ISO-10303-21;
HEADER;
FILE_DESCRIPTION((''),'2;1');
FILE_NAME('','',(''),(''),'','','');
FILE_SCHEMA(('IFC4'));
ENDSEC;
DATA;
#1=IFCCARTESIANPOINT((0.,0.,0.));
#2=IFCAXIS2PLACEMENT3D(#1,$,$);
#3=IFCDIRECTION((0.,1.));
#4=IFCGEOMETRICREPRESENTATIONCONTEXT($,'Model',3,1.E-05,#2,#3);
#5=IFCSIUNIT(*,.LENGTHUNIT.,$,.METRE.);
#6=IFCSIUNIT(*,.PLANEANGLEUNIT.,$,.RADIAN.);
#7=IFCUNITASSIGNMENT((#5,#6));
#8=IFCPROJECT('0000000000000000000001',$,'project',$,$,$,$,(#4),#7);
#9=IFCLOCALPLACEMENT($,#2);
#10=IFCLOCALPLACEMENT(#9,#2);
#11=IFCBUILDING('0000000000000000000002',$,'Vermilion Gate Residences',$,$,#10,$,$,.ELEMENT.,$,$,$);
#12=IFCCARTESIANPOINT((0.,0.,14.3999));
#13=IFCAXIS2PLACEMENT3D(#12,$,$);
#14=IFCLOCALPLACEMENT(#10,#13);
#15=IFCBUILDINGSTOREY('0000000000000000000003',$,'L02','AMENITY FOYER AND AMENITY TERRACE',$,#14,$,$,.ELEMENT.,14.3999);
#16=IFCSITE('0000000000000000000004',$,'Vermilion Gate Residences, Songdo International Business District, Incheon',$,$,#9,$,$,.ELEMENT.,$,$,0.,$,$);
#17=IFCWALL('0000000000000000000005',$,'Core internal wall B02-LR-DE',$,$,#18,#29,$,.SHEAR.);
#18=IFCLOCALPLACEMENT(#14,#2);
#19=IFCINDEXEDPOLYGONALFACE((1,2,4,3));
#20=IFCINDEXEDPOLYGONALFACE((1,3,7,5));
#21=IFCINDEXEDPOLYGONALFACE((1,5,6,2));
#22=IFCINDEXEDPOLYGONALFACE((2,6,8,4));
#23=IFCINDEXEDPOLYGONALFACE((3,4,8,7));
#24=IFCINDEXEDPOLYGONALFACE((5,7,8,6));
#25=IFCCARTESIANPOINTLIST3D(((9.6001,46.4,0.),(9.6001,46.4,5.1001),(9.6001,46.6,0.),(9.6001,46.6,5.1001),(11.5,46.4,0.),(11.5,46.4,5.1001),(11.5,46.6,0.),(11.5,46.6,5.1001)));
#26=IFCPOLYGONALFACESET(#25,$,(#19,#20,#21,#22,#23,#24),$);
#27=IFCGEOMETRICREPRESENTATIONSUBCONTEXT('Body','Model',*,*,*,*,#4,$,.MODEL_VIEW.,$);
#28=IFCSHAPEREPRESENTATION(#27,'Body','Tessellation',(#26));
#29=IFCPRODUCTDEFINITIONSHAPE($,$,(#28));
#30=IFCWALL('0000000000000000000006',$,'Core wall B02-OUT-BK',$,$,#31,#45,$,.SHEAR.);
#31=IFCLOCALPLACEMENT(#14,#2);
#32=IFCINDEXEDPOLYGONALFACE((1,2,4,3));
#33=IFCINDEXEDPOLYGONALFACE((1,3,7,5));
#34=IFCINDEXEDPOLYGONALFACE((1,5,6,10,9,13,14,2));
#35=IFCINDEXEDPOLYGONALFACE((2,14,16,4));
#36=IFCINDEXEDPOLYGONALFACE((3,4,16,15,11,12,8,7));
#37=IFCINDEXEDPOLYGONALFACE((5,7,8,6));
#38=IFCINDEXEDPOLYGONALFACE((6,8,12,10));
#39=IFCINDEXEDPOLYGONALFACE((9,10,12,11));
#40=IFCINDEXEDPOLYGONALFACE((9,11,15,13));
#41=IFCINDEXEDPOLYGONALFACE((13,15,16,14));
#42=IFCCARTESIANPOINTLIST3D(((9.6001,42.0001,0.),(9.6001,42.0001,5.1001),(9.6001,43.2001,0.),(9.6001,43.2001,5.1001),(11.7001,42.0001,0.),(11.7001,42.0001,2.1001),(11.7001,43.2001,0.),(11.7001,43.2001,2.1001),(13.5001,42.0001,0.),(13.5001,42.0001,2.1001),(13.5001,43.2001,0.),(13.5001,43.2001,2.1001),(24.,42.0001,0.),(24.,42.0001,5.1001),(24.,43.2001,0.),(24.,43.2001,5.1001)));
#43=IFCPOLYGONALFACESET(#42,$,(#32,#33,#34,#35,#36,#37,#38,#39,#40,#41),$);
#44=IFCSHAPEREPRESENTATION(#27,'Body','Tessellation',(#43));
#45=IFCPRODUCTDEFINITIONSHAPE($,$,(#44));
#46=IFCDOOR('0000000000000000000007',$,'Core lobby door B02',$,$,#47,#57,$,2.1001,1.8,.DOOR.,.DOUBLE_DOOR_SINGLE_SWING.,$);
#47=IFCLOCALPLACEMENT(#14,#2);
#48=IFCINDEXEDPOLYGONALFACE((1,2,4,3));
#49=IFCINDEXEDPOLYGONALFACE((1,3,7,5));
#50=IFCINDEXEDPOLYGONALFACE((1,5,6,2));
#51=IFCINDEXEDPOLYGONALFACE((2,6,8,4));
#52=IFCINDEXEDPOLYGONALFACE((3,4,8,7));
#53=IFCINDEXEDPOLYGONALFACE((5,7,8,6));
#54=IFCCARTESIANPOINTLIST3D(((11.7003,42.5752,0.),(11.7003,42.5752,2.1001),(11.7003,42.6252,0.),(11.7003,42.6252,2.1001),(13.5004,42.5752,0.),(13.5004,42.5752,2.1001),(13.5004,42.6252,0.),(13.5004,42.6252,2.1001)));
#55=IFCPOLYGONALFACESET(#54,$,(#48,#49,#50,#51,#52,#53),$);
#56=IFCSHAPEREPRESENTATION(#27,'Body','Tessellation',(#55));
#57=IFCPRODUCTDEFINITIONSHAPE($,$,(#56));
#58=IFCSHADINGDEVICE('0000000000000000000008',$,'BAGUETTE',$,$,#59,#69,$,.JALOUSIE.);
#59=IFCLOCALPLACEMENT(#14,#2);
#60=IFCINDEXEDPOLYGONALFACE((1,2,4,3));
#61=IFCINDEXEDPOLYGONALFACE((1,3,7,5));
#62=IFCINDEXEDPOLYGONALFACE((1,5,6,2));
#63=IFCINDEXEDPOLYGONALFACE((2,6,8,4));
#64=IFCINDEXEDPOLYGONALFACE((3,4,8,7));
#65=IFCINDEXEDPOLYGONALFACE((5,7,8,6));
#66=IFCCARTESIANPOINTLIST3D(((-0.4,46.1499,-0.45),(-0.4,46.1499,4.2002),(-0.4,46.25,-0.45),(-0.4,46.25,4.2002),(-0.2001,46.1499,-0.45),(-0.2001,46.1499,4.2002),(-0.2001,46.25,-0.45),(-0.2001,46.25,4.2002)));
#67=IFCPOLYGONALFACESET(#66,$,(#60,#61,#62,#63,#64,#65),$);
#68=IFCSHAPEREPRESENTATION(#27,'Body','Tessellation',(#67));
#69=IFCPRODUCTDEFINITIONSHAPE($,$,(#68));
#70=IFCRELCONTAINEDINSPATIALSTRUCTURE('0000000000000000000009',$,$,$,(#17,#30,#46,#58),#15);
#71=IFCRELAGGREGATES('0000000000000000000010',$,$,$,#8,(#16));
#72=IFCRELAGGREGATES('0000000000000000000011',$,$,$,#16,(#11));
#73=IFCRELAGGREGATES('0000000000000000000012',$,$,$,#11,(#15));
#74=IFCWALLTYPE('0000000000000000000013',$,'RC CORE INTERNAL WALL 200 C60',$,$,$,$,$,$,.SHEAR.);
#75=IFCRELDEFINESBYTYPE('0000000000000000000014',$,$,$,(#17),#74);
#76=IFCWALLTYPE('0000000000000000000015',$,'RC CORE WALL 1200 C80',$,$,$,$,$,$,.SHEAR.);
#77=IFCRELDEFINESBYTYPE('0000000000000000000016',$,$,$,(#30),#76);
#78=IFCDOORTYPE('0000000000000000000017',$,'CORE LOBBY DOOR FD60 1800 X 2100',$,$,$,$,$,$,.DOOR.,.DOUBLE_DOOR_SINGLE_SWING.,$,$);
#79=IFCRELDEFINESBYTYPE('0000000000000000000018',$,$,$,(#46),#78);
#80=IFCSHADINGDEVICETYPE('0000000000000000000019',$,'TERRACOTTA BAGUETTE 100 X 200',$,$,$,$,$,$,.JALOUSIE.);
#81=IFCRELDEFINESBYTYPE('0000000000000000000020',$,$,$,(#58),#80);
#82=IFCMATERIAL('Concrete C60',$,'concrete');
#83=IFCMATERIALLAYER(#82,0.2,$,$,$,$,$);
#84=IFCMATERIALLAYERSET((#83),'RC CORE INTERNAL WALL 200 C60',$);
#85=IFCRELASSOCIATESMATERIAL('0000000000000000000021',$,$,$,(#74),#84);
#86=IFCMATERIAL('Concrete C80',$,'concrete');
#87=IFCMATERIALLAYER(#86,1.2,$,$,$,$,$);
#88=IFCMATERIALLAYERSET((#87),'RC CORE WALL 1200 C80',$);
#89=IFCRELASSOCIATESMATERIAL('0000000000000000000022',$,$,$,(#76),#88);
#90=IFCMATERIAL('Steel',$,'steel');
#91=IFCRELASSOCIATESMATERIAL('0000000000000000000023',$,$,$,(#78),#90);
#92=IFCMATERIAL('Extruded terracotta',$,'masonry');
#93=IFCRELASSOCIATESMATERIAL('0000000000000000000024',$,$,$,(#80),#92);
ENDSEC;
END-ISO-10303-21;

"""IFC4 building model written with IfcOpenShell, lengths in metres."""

from ifc_helpers import new_model, si_unit, direction, frame, frame_2d, origin, origin_2d, place, context, subcontext, project, spatial, rectangle, extrude, material, layer, layer_set, material_profile, profile_set, type_object, element, fill, save


model = new_model("IFC4")

# Units and contexts
model_context = context("Model", 3, precision=1e-05, world=origin(), true_north=direction((0.0, 1.0)))
body_context = subcontext(model_context, "Body", "Model", "MODEL_VIEW")
ifc_project = project(units=[si_unit("LENGTHUNIT", "METRE"), si_unit("PLANEANGLEUNIT", "RADIAN")], contexts=[model_context])

# Site, building, storey
site_placement = place(None, origin())
site = spatial("IfcSite", under=ifc_project, at=site_placement, Name="Vermilion Gate Residences, Songdo International Business District, Incheon", CompositionType="ELEMENT", RefElevation=0.0)
building_placement = place(site_placement, origin())
building = spatial("IfcBuilding", under=site, at=building_placement, Name="Vermilion Gate Residences", CompositionType="ELEMENT")
storey_placement = place(building_placement, frame((0.0, 0.0, 14.3999)))
storey = spatial("IfcBuildingStorey", under=building, at=storey_placement, Name="L02", Description="AMENITY FOYER AND AMENITY TERRACE", CompositionType="ELEMENT", Elevation=14.3999)

# Wall
ifc_material_1 = material(Name="Concrete C60", Category="concrete")
ifc_layer_1 = layer(ifc_material_1, 0.2)
ifc_layer_set_1 = layer_set([ifc_layer_1], Name="RC CORE INTERNAL WALL 200 C60")
wall_type_1 = type_object("IfcWallType", Name="RC CORE INTERNAL WALL 200 C60", PredefinedType="SHEAR", material=ifc_layer_set_1)
wall_1_placement = place(storey_placement, frame((9.6001, 46.5, 0.0), z_axis=(0.0, 0.0, 1.0), x_axis=(1.0, 0.0, 0.0)))
element("IfcWall", 1, at=wall_1_placement, inside=storey, type_object=wall_type_1, Name="Core internal wall B02-LR-DE", PredefinedType="SHEAR", context=body_context, shape_type="SweptSolid", body=[
    extrude(rectangle(XDim=1.8999, YDim=0.2, at=frame_2d((0.95, 0.0))), origin(), (0.0, 0.0, 1.0), 5.1001),
])

# Wall, opening, door
ifc_material_2 = material(Name="Concrete C80", Category="concrete")
ifc_layer_2 = layer(ifc_material_2, 1.2)
ifc_layer_set_2 = layer_set([ifc_layer_2], Name="RC CORE WALL 1200 C80")
wall_type_2 = type_object("IfcWallType", Name="RC CORE WALL 1200 C80", PredefinedType="SHEAR", material=ifc_layer_set_2)
wall_2_placement = place(storey_placement, frame((9.6001, 42.6001, 0.0), z_axis=(0.0, 0.0, 1.0), x_axis=(1.0, 0.0, 0.0)))
wall_2 = element("IfcWall", 2, at=wall_2_placement, inside=storey, type_object=wall_type_2, Name="Core wall B02-OUT-BK", PredefinedType="SHEAR", context=body_context, shape_type="SweptSolid", body=[
    extrude(rectangle(XDim=14.3999, YDim=1.2, at=frame_2d((7.2, 0.0))), origin(), (0.0, 0.0, 1.0), 5.1001),
])
opening_placement = place(wall_2_placement, frame((2.1001, 0.0, 0.0)))
opening = element("IfcOpeningElement", 3, at=opening_placement, cuts=wall_2, PredefinedType="OPENING", context=body_context, shape_type="SweptSolid", body=[
    extrude(rectangle(XDim=1.8, YDim=2.1001, at=frame_2d((0.8999, 1.05))), frame((0.0, 0.6099, 0.0), z_axis=(0.0, -1.0, 0.0), x_axis=(1.0, 0.0, 0.0)), (0.0, 0.0, 1.0), 1.22),
])
ifc_material_3 = material(Name="Steel", Category="steel")
door_type = type_object("IfcDoorType", Name="CORE LOBBY DOOR FD60 1800 X 2100", OperationType="DOUBLE_DOOR_SINGLE_SWING", PredefinedType="DOOR", material=ifc_material_3)
door_placement = place(opening_placement, frame((1.8, 0.0, 0.0), z_axis=(0.0, 0.0, 1.0), x_axis=(-1.0, 0.0, 0.0)))
door = element("IfcDoor", 4, at=door_placement, inside=storey, type_object=door_type, Name="Core lobby door B02", OperationType="DOUBLE_DOOR_SINGLE_SWING", OverallHeight=2.1001, OverallWidth=1.8, PredefinedType="DOOR", context=body_context, shape_type="SweptSolid", body=[
    extrude(rectangle(XDim=1.8, YDim=2.1001, at=frame_2d((0.8999, 1.05))), frame((0.0, 0.0249, 0.0), z_axis=(0.0, -1.0, 0.0), x_axis=(1.0, 0.0, 0.0)), (0.0, 0.0, 1.0), 0.05),
])
fill(opening, door)

# Shading device
ifc_material_4 = material(Name="Extruded terracotta", Category="masonry")
ifc_material_profile_1 = material_profile(ifc_material_4, rectangle(XDim=0.2, YDim=0.1001, at=origin_2d()), Name="BAGUETTE 100 X 200")
ifc_profile_set_1 = profile_set([ifc_material_profile_1], Name="Extruded terracotta")
shading_device_type = type_object("IfcShadingDeviceType", Name="TERRACOTTA BAGUETTE 100 X 200", PredefinedType="JALOUSIE", material=ifc_profile_set_1)
shading_device_placement = place(storey_placement, frame((-0.3, 46.2, -0.45), z_axis=(0.0, 0.0, 1.0), x_axis=(1.0, 0.0, 0.0)))
element("IfcShadingDevice", 5, at=shading_device_placement, inside=storey, type_object=shading_device_type, Name="BAGUETTE", PredefinedType="JALOUSIE", context=body_context, shape_type="SweptSolid", body=[
    extrude(rectangle(XDim=0.2, YDim=0.1001, at=origin_2d()), origin(), (0.0, 0.0, 1.0), 4.6501),
])

save(model, "model.ifc")
